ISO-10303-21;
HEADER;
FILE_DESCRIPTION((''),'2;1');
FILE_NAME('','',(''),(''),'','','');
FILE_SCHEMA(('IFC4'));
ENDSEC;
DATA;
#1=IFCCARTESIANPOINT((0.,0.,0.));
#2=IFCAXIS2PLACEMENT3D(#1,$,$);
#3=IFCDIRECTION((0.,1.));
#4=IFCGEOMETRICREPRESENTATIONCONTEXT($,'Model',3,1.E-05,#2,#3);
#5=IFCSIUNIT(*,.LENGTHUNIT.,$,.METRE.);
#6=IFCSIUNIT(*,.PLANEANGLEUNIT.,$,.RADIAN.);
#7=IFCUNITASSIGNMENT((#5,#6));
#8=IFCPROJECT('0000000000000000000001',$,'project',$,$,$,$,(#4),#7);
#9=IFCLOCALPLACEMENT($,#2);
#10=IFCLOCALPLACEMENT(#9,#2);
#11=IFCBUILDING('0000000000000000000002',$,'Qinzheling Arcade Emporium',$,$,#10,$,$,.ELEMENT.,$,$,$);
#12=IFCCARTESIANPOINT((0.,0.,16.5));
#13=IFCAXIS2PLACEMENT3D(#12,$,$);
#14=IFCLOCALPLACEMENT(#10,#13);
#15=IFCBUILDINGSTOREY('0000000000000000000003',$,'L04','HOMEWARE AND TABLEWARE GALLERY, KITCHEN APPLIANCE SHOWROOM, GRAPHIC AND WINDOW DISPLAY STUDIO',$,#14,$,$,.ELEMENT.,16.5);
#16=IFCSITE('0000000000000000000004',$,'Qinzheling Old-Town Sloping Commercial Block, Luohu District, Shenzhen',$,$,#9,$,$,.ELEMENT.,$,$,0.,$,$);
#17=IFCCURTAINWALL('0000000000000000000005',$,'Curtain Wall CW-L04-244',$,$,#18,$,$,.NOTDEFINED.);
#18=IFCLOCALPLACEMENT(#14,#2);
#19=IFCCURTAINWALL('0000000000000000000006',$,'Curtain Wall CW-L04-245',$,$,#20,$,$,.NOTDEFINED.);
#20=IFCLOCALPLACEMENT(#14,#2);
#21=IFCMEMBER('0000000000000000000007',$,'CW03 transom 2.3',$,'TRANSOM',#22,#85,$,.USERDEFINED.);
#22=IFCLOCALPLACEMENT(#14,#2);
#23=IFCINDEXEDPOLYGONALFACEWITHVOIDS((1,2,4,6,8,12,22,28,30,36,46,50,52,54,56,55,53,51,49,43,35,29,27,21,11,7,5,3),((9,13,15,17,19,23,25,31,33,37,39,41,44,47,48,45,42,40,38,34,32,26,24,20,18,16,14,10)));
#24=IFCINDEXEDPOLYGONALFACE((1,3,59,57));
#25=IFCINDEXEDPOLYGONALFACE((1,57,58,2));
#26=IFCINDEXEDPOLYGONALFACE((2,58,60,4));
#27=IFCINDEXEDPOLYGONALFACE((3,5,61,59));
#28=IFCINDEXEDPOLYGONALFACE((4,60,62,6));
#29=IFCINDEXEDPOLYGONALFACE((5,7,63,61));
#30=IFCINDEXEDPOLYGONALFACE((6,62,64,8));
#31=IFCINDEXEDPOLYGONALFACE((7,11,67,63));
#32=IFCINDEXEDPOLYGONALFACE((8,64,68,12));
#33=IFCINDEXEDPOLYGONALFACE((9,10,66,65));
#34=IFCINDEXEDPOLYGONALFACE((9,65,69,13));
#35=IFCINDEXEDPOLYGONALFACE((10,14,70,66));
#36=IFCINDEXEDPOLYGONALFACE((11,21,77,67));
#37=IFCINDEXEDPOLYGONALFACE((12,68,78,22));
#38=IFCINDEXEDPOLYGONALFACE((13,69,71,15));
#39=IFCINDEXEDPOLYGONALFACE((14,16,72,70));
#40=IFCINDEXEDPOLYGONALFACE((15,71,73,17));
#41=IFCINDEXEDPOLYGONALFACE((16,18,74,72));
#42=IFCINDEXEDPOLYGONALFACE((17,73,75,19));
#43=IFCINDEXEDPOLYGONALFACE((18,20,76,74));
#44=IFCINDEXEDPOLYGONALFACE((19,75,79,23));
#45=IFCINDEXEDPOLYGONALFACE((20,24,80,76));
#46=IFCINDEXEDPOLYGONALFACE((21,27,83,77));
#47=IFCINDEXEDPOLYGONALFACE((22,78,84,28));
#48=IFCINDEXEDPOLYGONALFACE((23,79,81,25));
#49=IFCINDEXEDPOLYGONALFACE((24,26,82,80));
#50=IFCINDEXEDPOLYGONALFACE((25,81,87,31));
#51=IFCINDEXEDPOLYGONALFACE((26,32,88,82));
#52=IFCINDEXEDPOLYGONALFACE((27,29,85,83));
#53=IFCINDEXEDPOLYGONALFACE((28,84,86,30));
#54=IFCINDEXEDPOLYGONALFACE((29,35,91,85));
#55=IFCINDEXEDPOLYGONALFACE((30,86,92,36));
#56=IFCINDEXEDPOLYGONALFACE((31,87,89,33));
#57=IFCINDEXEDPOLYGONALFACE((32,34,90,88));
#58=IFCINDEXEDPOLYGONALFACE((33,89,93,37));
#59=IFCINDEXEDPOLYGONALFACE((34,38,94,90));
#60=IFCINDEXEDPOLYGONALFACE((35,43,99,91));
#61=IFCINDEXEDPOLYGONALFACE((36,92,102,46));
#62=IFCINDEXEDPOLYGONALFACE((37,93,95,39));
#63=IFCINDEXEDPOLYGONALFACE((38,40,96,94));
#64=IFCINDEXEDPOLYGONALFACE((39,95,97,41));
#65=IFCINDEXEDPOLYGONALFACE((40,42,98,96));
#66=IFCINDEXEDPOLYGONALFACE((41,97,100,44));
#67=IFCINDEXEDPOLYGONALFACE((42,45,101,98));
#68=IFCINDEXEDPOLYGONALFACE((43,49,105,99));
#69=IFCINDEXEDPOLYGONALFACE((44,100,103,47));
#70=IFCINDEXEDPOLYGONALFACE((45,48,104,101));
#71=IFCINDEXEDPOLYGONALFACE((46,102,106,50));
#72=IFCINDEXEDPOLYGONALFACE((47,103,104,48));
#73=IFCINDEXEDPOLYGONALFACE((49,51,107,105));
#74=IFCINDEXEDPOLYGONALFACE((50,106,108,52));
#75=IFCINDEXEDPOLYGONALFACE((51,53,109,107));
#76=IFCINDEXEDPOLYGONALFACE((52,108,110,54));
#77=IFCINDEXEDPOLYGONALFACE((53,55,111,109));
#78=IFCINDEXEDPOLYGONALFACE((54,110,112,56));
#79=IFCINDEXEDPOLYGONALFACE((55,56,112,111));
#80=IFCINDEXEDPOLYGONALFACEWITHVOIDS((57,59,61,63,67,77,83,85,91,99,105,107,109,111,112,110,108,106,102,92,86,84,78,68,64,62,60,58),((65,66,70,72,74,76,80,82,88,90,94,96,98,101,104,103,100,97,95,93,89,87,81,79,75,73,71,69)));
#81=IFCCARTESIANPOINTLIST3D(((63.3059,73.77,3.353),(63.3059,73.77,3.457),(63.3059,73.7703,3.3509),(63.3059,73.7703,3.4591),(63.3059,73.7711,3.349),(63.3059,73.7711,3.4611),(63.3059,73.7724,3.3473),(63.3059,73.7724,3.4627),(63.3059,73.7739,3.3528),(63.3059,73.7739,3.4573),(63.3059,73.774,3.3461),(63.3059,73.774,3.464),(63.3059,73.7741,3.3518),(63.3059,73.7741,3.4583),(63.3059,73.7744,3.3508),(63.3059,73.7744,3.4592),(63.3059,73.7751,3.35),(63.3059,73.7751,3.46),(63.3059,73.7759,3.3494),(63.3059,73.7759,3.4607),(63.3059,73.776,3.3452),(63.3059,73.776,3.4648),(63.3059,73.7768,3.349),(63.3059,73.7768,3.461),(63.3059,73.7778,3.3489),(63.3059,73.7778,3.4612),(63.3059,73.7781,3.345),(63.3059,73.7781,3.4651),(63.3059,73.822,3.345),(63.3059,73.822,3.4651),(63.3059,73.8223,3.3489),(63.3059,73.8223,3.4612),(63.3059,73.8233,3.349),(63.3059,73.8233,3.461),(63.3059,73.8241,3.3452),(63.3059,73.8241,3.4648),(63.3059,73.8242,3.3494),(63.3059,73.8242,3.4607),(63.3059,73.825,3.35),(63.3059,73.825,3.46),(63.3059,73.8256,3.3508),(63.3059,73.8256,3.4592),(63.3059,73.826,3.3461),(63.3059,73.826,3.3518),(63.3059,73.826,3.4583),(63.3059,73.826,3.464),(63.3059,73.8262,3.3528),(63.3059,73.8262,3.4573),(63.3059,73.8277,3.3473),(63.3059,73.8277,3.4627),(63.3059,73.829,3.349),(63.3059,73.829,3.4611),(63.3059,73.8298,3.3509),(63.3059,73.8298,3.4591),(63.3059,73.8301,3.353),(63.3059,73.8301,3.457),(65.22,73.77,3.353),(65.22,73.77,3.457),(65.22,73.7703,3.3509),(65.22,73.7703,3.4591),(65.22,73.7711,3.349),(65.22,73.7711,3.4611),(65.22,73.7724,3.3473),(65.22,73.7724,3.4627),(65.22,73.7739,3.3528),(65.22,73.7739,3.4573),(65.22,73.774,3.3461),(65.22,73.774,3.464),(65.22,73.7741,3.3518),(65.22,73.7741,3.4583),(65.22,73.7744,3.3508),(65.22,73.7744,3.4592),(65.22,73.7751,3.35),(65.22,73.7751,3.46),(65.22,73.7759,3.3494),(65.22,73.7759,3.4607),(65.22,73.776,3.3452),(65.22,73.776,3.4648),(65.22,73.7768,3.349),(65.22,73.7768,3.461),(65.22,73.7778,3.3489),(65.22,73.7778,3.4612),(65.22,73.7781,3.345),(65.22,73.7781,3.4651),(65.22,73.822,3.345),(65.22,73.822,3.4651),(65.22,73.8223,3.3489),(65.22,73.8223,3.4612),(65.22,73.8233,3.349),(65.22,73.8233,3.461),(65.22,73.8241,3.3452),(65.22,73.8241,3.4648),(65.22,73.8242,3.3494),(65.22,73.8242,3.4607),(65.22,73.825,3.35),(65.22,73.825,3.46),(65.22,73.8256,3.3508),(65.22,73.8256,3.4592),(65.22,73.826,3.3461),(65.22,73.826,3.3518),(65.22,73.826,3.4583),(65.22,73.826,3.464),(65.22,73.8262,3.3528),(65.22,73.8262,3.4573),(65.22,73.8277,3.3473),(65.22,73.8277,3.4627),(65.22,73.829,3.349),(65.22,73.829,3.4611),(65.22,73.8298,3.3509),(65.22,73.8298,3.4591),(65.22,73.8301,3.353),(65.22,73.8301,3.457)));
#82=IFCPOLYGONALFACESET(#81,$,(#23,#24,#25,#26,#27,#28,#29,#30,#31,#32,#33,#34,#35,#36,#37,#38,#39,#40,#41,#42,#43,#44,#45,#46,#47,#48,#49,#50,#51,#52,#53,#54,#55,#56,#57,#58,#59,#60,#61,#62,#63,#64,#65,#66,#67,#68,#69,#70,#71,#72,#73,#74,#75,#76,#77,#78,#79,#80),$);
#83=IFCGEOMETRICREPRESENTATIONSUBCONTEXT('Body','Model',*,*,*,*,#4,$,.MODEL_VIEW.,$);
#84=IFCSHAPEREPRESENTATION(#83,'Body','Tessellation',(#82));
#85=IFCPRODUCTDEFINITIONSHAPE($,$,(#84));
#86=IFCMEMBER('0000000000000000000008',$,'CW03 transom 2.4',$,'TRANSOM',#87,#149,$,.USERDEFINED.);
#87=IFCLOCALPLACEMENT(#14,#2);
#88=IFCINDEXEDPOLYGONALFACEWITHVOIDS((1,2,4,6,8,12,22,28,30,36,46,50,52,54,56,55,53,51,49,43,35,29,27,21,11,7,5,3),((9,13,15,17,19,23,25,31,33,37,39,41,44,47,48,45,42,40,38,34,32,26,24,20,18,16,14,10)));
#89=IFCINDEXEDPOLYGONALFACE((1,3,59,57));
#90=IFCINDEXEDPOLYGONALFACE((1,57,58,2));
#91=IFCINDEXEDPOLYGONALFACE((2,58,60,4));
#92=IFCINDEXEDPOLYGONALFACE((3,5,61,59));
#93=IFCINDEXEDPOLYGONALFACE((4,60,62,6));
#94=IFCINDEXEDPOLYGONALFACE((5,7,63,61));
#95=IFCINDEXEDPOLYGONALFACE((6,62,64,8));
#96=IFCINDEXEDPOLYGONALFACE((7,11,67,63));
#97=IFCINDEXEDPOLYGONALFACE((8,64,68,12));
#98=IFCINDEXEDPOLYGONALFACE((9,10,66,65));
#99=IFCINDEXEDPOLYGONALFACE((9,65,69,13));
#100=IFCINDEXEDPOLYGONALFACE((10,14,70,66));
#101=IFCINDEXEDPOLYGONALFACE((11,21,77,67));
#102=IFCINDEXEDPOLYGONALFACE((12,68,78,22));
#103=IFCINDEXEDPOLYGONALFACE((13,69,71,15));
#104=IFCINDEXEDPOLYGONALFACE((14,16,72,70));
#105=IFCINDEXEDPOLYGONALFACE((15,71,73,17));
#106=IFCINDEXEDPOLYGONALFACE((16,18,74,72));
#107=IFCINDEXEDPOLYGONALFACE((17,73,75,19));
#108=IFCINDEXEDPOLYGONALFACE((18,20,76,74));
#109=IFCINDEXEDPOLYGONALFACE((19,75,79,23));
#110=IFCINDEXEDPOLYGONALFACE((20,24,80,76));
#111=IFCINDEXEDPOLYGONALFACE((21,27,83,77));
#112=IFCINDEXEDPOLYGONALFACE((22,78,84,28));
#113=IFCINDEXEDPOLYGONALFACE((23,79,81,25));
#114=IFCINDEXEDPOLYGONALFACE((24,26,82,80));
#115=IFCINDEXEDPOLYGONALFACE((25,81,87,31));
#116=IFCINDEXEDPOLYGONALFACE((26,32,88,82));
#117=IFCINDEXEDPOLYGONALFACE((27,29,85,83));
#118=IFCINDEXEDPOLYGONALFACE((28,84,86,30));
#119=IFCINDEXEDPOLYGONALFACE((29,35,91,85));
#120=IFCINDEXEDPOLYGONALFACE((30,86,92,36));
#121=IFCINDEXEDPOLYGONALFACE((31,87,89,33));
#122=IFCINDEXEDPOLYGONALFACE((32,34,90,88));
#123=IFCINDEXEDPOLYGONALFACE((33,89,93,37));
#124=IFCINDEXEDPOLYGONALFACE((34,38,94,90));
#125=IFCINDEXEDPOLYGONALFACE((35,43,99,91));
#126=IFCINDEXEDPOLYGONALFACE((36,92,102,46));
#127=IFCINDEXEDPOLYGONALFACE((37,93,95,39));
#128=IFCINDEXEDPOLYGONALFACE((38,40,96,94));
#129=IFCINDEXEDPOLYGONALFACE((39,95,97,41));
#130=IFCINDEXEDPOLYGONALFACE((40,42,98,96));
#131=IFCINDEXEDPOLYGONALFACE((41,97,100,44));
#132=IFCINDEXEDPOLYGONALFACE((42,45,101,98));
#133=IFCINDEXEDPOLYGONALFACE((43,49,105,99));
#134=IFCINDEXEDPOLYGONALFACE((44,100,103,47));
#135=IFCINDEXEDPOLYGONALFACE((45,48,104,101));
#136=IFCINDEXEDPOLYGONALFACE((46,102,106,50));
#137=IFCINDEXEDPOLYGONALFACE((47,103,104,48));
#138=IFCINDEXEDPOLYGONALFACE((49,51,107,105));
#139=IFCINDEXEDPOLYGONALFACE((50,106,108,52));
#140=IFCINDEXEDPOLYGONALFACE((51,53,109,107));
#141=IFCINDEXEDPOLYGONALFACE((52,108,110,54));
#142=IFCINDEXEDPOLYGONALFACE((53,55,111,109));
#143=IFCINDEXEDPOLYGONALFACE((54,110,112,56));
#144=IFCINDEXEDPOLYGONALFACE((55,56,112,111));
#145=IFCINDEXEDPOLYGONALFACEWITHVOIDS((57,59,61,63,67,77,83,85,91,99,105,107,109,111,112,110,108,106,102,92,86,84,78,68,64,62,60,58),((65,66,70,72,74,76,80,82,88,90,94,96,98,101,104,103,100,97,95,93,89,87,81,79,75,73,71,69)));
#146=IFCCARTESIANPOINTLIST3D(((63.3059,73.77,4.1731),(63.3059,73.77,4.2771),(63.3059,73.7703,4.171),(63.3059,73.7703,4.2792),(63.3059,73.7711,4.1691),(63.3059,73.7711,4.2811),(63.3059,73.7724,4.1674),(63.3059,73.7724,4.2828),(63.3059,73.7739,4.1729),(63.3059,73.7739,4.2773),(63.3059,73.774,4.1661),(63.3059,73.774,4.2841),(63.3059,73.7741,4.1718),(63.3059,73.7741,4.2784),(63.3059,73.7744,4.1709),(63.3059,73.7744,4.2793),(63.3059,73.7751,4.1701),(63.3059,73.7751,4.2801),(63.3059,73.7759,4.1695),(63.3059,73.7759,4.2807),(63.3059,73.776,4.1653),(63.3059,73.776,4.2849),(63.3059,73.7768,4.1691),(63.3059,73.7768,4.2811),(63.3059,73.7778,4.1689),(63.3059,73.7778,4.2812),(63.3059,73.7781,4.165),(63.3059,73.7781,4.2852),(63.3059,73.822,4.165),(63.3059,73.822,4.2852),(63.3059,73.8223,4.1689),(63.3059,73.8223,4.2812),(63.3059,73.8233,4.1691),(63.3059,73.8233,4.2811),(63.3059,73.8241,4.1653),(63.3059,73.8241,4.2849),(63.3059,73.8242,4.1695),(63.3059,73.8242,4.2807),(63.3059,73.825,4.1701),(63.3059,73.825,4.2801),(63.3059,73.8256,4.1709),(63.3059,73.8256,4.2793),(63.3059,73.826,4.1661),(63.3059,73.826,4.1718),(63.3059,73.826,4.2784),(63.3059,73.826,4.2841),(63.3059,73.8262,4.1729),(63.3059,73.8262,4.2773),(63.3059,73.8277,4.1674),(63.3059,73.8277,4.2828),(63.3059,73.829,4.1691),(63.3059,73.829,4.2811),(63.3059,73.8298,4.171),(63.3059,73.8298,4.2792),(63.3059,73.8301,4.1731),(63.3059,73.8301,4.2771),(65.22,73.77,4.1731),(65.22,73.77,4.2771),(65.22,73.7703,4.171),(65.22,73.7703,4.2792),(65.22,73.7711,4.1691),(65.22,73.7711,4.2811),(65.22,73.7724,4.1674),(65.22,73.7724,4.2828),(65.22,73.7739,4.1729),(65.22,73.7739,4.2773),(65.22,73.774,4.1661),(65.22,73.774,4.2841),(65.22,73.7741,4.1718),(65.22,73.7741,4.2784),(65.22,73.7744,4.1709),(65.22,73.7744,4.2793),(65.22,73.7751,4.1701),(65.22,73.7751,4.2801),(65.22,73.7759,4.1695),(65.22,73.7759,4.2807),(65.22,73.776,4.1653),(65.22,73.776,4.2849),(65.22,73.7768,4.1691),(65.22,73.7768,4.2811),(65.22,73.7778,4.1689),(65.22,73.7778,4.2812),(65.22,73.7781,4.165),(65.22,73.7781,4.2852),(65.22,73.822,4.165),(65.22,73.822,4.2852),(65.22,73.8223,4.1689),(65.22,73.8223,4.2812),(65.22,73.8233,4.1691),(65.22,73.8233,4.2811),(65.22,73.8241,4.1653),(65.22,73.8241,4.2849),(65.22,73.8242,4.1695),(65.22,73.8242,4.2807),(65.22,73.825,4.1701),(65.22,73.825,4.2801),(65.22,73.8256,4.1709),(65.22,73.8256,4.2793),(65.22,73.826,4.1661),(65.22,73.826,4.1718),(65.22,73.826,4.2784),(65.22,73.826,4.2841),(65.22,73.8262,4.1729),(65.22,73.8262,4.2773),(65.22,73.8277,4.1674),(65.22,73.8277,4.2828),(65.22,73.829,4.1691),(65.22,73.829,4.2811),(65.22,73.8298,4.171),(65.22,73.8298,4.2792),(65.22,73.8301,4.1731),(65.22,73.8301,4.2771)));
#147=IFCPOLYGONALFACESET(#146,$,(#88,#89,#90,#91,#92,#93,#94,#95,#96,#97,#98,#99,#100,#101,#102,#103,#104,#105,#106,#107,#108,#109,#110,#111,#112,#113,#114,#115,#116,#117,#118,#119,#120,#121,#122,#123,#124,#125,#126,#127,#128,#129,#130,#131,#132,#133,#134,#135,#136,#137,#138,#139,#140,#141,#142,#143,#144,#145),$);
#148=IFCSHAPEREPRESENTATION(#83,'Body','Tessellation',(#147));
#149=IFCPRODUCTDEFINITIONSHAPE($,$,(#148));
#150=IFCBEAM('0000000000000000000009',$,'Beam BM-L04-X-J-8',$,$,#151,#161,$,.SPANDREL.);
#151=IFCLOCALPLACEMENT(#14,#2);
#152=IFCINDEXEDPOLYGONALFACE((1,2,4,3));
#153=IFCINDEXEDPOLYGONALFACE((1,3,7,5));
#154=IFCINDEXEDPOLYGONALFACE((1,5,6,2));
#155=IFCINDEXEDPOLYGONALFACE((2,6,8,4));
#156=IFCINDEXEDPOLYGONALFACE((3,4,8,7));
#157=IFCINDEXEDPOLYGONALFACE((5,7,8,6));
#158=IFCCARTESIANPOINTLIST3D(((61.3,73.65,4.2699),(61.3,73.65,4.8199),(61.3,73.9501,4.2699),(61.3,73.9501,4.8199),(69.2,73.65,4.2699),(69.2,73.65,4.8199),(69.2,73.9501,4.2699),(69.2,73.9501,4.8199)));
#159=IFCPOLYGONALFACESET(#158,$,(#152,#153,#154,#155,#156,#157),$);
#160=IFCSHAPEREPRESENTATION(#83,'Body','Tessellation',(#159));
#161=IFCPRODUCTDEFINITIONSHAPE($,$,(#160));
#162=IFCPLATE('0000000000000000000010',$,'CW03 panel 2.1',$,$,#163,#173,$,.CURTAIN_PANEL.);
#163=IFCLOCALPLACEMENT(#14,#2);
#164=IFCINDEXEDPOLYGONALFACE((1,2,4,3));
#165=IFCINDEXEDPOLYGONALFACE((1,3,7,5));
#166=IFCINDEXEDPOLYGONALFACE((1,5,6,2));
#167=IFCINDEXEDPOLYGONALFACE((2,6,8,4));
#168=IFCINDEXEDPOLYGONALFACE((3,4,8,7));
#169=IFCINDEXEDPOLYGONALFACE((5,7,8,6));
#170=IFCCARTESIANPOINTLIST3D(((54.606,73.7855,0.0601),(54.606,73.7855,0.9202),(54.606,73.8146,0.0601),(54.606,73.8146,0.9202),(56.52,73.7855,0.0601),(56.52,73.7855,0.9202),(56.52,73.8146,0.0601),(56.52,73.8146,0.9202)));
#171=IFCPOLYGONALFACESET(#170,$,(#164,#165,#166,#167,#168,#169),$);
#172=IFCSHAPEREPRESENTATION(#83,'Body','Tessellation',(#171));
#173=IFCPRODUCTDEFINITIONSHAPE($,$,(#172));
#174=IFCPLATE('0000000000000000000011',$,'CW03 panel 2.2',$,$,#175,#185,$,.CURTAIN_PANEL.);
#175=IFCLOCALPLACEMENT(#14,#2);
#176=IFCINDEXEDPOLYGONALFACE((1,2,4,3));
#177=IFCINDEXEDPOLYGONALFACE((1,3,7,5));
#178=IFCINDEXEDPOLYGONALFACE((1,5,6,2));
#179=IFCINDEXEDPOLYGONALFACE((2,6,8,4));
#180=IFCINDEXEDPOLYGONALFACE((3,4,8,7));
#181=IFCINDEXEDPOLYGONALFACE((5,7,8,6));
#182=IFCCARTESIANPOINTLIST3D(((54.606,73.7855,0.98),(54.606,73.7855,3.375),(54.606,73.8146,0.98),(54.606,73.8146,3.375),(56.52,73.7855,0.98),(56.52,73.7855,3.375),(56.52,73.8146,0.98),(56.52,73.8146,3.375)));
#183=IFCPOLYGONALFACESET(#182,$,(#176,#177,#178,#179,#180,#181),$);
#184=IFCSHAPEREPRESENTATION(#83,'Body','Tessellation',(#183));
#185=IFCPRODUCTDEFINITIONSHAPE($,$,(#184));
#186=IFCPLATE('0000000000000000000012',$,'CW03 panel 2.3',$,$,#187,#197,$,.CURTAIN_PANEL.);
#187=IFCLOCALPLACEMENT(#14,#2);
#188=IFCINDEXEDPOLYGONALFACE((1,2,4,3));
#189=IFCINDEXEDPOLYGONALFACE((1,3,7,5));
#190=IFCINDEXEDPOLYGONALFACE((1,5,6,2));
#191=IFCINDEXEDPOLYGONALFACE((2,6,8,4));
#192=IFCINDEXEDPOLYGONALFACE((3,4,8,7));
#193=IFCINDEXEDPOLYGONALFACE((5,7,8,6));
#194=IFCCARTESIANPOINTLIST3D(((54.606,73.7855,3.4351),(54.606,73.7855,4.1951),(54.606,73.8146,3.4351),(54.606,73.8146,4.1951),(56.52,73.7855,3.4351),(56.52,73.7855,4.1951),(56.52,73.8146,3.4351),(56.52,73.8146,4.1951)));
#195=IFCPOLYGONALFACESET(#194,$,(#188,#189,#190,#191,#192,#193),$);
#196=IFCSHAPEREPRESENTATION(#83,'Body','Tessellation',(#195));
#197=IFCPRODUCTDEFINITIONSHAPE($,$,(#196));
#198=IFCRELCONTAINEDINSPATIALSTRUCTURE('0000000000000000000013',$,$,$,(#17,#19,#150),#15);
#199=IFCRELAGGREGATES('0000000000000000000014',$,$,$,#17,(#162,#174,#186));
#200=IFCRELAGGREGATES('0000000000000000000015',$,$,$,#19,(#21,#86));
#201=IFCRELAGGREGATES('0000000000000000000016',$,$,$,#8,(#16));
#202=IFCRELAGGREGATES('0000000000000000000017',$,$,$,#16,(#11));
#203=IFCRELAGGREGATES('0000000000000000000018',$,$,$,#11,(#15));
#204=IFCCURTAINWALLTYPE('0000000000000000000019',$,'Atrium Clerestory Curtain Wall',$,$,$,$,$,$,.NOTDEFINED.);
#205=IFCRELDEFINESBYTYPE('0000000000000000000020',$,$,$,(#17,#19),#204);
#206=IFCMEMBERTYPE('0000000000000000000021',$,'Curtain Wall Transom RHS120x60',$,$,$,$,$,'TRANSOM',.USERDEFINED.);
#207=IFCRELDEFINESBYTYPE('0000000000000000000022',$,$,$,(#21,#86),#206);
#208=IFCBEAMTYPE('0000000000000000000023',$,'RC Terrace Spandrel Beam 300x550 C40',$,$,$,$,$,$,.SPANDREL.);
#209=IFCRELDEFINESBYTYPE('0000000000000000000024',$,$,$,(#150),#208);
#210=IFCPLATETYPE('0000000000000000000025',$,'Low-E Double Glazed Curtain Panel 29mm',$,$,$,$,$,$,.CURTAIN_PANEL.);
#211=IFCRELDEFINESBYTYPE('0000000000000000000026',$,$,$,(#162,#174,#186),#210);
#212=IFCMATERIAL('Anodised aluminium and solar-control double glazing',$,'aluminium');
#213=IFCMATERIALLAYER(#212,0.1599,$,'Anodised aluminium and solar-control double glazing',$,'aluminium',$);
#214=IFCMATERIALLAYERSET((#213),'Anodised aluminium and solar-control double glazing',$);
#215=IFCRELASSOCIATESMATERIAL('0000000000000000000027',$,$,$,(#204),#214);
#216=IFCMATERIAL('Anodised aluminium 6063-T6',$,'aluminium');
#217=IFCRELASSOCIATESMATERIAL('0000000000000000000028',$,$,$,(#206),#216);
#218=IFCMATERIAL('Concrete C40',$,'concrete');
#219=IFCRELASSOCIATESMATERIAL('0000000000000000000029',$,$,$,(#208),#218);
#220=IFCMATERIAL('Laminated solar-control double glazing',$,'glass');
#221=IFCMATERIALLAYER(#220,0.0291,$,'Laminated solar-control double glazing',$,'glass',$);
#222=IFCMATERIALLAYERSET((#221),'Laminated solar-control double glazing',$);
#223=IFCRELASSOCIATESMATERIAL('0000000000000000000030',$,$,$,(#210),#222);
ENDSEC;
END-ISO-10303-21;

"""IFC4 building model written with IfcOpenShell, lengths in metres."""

from ifc_helpers import new_model, si_unit, direction, frame, origin, origin_2d, place, context, subcontext, project, spatial, rectangle, hollow_rectangle, extrude, material, layer, layer_set, material_profile, profile_set, type_object, element, aggregate, save


model = new_model("IFC4")

# Units and contexts
model_context = context("Model", 3, precision=1e-05, world=origin(), true_north=direction((0.0, 1.0)))
body_context = subcontext(model_context, "Body", "Model", "MODEL_VIEW")
ifc_project = project(units=[si_unit("LENGTHUNIT", "METRE"), si_unit("PLANEANGLEUNIT", "RADIAN")], contexts=[model_context])

# Site, building, storey
site_placement = place(None, origin())
site = spatial("IfcSite", under=ifc_project, at=site_placement, Name="Qinzheling Old-Town Sloping Commercial Block, Luohu District, Shenzhen", CompositionType="ELEMENT", RefElevation=0.0)
building_placement = place(site_placement, origin())
building = spatial("IfcBuilding", under=site, at=building_placement, Name="Qinzheling Arcade Emporium", CompositionType="ELEMENT")
storey_placement = place(building_placement, frame((0.0, 0.0, 16.5)))
storey = spatial("IfcBuildingStorey", under=building, at=storey_placement, Name="L04", Description="HOMEWARE AND TABLEWARE GALLERY, KITCHEN APPLIANCE SHOWROOM, GRAPHIC AND WINDOW DISPLAY STUDIO", CompositionType="ELEMENT", Elevation=16.5)

# Shared definitions
ifc_material_1 = material(Name="Concrete C40", Category="concrete")

# Curtain walls
ifc_material_2 = material(Name="Anodised aluminium and solar-control double glazing", Category="aluminium")
ifc_layer_1 = layer(ifc_material_2, 0.1599, Name="Anodised aluminium and solar-control double glazing", Category="aluminium")
ifc_layer_set_1 = layer_set([ifc_layer_1], Name="Anodised aluminium and solar-control double glazing")
curtain_wall_type = type_object("IfcCurtainWallType", Name="Atrium Clerestory Curtain Wall", PredefinedType="NOTDEFINED", material=ifc_layer_set_1)
curtain_wall_1_placement = place(storey_placement, origin())
curtain_wall_1 = element("IfcCurtainWall", 1, at=curtain_wall_1_placement, inside=storey, type_object=curtain_wall_type, Name="Curtain Wall CW-L04-244", PredefinedType="NOTDEFINED")
ifc_material_3 = material(Name="Anodised aluminium 6063-T6", Category="aluminium")
curtain_wall_2_placement = place(storey_placement, origin())
curtain_wall_2 = element("IfcCurtainWall", 2, at=curtain_wall_2_placement, inside=storey, type_object=curtain_wall_type, Name="Curtain Wall CW-L04-245", PredefinedType="NOTDEFINED")

# Members
ifc_material_profile_1 = material_profile(ifc_material_3, hollow_rectangle(XDim=0.0601, YDim=0.1201, WallThickness=0.0039, InnerFilletRadius=0.0039, OuterFilletRadius=0.0081, at=origin_2d()), Name="RHS 120x60x4", Category="aluminium")
ifc_profile_set_1 = profile_set([ifc_material_profile_1], Name="Anodised aluminium 6063-T6")
member_type_1 = type_object("IfcMemberType", Name="Curtain Wall Transom RHS120x60", ElementType="TRANSOM", PredefinedType="USERDEFINED", material=ifc_profile_set_1)
member_1_placement = place(storey_placement, frame((63.3059, 73.8, 3.405), z_axis=(1.0, 0.0, 0.0), x_axis=(0.0, 1.0, 0.0)))
member_1 = element("IfcMember", 3, at=member_1_placement, type_object=member_type_1, Name="CW03 transom 2.3", ObjectType="TRANSOM", PredefinedType="USERDEFINED", context=body_context, shape_type="SweptSolid", body=[
    extrude(hollow_rectangle(XDim=0.0601, YDim=0.1201, WallThickness=0.0039, InnerFilletRadius=0.0039, OuterFilletRadius=0.0081, at=origin_2d()), origin(), (0.0, 0.0, 1.0), 1.9141),
])
member_2_placement = place(storey_placement, frame((63.3059, 73.8, 4.2251), z_axis=(1.0, 0.0, 0.0), x_axis=(0.0, 1.0, 0.0)))
member_2 = element("IfcMember", 4, at=member_2_placement, type_object=member_type_1, Name="CW03 transom 2.4", ObjectType="TRANSOM", PredefinedType="USERDEFINED", context=body_context, shape_type="SweptSolid", body=[
    extrude(hollow_rectangle(XDim=0.0601, YDim=0.1201, WallThickness=0.0039, InnerFilletRadius=0.0039, OuterFilletRadius=0.0081, at=origin_2d()), origin(), (0.0, 0.0, 1.0), 1.9141),
])

# Beam
ifc_material_profile_2 = material_profile(ifc_material_1, rectangle(XDim=0.3, YDim=0.55, at=origin_2d()), Name="RC 300x550", Category="concrete")
ifc_profile_set_2 = profile_set([ifc_material_profile_2], Name="Concrete C40")
beam_type = type_object("IfcBeamType", Name="RC Terrace Spandrel Beam 300x550 C40", PredefinedType="SPANDREL", material=ifc_profile_set_2)
beam_placement = place(storey_placement, frame((61.3, 73.8, 4.5449), z_axis=(1.0, 0.0, 0.0), x_axis=(0.0, 1.0, 0.0)))
element("IfcBeam", 5, at=beam_placement, inside=storey, type_object=beam_type, Name="Beam BM-L04-X-J-8", PredefinedType="SPANDREL", context=body_context, shape_type="SweptSolid", body=[
    extrude(rectangle(XDim=0.3, YDim=0.55, at=origin_2d()), origin(), (0.0, 0.0, 1.0), 7.8999),
])

# Plates
ifc_material_4 = material(Name="Laminated solar-control double glazing", Category="glass")
ifc_layer_2 = layer(ifc_material_4, 0.0291, Name="Laminated solar-control double glazing", Category="glass")
ifc_layer_set_2 = layer_set([ifc_layer_2], Name="Laminated solar-control double glazing")
plate_type_1 = type_object("IfcPlateType", Name="Low-E Double Glazed Curtain Panel 29mm", PredefinedType="CURTAIN_PANEL", material=ifc_layer_set_2)
plate_1_placement = place(storey_placement, frame((55.563, 73.8, 0.0601), z_axis=(0.0, 0.0, 1.0), x_axis=(1.0, 0.0, 0.0)))
plate_1 = element("IfcPlate", 6, at=plate_1_placement, type_object=plate_type_1, Name="CW03 panel 2.1", PredefinedType="CURTAIN_PANEL", context=body_context, shape_type="SweptSolid", body=[
    extrude(rectangle(XDim=1.9141, YDim=0.0291, at=origin_2d()), origin(), (0.0, 0.0, 1.0), 0.8601),
])
plate_2_placement = place(storey_placement, frame((55.563, 73.8, 0.98), z_axis=(0.0, 0.0, 1.0), x_axis=(1.0, 0.0, 0.0)))
plate_2 = element("IfcPlate", 7, at=plate_2_placement, type_object=plate_type_1, Name="CW03 panel 2.2", PredefinedType="CURTAIN_PANEL", context=body_context, shape_type="SweptSolid", body=[
    extrude(rectangle(XDim=1.9141, YDim=0.0291, at=origin_2d()), origin(), (0.0, 0.0, 1.0), 2.395),
])
plate_3_placement = place(storey_placement, frame((55.563, 73.8, 3.4351), z_axis=(0.0, 0.0, 1.0), x_axis=(1.0, 0.0, 0.0)))
plate_3 = element("IfcPlate", 8, at=plate_3_placement, type_object=plate_type_1, Name="CW03 panel 2.3", PredefinedType="CURTAIN_PANEL", context=body_context, shape_type="SweptSolid", body=[
    extrude(rectangle(XDim=1.9141, YDim=0.0291, at=origin_2d()), origin(), (0.0, 0.0, 1.0), 0.76),
])
aggregate(curtain_wall_1, [plate_1, plate_2, plate_3])
aggregate(curtain_wall_2, [member_1, member_2])

save(model, "model.ifc")
